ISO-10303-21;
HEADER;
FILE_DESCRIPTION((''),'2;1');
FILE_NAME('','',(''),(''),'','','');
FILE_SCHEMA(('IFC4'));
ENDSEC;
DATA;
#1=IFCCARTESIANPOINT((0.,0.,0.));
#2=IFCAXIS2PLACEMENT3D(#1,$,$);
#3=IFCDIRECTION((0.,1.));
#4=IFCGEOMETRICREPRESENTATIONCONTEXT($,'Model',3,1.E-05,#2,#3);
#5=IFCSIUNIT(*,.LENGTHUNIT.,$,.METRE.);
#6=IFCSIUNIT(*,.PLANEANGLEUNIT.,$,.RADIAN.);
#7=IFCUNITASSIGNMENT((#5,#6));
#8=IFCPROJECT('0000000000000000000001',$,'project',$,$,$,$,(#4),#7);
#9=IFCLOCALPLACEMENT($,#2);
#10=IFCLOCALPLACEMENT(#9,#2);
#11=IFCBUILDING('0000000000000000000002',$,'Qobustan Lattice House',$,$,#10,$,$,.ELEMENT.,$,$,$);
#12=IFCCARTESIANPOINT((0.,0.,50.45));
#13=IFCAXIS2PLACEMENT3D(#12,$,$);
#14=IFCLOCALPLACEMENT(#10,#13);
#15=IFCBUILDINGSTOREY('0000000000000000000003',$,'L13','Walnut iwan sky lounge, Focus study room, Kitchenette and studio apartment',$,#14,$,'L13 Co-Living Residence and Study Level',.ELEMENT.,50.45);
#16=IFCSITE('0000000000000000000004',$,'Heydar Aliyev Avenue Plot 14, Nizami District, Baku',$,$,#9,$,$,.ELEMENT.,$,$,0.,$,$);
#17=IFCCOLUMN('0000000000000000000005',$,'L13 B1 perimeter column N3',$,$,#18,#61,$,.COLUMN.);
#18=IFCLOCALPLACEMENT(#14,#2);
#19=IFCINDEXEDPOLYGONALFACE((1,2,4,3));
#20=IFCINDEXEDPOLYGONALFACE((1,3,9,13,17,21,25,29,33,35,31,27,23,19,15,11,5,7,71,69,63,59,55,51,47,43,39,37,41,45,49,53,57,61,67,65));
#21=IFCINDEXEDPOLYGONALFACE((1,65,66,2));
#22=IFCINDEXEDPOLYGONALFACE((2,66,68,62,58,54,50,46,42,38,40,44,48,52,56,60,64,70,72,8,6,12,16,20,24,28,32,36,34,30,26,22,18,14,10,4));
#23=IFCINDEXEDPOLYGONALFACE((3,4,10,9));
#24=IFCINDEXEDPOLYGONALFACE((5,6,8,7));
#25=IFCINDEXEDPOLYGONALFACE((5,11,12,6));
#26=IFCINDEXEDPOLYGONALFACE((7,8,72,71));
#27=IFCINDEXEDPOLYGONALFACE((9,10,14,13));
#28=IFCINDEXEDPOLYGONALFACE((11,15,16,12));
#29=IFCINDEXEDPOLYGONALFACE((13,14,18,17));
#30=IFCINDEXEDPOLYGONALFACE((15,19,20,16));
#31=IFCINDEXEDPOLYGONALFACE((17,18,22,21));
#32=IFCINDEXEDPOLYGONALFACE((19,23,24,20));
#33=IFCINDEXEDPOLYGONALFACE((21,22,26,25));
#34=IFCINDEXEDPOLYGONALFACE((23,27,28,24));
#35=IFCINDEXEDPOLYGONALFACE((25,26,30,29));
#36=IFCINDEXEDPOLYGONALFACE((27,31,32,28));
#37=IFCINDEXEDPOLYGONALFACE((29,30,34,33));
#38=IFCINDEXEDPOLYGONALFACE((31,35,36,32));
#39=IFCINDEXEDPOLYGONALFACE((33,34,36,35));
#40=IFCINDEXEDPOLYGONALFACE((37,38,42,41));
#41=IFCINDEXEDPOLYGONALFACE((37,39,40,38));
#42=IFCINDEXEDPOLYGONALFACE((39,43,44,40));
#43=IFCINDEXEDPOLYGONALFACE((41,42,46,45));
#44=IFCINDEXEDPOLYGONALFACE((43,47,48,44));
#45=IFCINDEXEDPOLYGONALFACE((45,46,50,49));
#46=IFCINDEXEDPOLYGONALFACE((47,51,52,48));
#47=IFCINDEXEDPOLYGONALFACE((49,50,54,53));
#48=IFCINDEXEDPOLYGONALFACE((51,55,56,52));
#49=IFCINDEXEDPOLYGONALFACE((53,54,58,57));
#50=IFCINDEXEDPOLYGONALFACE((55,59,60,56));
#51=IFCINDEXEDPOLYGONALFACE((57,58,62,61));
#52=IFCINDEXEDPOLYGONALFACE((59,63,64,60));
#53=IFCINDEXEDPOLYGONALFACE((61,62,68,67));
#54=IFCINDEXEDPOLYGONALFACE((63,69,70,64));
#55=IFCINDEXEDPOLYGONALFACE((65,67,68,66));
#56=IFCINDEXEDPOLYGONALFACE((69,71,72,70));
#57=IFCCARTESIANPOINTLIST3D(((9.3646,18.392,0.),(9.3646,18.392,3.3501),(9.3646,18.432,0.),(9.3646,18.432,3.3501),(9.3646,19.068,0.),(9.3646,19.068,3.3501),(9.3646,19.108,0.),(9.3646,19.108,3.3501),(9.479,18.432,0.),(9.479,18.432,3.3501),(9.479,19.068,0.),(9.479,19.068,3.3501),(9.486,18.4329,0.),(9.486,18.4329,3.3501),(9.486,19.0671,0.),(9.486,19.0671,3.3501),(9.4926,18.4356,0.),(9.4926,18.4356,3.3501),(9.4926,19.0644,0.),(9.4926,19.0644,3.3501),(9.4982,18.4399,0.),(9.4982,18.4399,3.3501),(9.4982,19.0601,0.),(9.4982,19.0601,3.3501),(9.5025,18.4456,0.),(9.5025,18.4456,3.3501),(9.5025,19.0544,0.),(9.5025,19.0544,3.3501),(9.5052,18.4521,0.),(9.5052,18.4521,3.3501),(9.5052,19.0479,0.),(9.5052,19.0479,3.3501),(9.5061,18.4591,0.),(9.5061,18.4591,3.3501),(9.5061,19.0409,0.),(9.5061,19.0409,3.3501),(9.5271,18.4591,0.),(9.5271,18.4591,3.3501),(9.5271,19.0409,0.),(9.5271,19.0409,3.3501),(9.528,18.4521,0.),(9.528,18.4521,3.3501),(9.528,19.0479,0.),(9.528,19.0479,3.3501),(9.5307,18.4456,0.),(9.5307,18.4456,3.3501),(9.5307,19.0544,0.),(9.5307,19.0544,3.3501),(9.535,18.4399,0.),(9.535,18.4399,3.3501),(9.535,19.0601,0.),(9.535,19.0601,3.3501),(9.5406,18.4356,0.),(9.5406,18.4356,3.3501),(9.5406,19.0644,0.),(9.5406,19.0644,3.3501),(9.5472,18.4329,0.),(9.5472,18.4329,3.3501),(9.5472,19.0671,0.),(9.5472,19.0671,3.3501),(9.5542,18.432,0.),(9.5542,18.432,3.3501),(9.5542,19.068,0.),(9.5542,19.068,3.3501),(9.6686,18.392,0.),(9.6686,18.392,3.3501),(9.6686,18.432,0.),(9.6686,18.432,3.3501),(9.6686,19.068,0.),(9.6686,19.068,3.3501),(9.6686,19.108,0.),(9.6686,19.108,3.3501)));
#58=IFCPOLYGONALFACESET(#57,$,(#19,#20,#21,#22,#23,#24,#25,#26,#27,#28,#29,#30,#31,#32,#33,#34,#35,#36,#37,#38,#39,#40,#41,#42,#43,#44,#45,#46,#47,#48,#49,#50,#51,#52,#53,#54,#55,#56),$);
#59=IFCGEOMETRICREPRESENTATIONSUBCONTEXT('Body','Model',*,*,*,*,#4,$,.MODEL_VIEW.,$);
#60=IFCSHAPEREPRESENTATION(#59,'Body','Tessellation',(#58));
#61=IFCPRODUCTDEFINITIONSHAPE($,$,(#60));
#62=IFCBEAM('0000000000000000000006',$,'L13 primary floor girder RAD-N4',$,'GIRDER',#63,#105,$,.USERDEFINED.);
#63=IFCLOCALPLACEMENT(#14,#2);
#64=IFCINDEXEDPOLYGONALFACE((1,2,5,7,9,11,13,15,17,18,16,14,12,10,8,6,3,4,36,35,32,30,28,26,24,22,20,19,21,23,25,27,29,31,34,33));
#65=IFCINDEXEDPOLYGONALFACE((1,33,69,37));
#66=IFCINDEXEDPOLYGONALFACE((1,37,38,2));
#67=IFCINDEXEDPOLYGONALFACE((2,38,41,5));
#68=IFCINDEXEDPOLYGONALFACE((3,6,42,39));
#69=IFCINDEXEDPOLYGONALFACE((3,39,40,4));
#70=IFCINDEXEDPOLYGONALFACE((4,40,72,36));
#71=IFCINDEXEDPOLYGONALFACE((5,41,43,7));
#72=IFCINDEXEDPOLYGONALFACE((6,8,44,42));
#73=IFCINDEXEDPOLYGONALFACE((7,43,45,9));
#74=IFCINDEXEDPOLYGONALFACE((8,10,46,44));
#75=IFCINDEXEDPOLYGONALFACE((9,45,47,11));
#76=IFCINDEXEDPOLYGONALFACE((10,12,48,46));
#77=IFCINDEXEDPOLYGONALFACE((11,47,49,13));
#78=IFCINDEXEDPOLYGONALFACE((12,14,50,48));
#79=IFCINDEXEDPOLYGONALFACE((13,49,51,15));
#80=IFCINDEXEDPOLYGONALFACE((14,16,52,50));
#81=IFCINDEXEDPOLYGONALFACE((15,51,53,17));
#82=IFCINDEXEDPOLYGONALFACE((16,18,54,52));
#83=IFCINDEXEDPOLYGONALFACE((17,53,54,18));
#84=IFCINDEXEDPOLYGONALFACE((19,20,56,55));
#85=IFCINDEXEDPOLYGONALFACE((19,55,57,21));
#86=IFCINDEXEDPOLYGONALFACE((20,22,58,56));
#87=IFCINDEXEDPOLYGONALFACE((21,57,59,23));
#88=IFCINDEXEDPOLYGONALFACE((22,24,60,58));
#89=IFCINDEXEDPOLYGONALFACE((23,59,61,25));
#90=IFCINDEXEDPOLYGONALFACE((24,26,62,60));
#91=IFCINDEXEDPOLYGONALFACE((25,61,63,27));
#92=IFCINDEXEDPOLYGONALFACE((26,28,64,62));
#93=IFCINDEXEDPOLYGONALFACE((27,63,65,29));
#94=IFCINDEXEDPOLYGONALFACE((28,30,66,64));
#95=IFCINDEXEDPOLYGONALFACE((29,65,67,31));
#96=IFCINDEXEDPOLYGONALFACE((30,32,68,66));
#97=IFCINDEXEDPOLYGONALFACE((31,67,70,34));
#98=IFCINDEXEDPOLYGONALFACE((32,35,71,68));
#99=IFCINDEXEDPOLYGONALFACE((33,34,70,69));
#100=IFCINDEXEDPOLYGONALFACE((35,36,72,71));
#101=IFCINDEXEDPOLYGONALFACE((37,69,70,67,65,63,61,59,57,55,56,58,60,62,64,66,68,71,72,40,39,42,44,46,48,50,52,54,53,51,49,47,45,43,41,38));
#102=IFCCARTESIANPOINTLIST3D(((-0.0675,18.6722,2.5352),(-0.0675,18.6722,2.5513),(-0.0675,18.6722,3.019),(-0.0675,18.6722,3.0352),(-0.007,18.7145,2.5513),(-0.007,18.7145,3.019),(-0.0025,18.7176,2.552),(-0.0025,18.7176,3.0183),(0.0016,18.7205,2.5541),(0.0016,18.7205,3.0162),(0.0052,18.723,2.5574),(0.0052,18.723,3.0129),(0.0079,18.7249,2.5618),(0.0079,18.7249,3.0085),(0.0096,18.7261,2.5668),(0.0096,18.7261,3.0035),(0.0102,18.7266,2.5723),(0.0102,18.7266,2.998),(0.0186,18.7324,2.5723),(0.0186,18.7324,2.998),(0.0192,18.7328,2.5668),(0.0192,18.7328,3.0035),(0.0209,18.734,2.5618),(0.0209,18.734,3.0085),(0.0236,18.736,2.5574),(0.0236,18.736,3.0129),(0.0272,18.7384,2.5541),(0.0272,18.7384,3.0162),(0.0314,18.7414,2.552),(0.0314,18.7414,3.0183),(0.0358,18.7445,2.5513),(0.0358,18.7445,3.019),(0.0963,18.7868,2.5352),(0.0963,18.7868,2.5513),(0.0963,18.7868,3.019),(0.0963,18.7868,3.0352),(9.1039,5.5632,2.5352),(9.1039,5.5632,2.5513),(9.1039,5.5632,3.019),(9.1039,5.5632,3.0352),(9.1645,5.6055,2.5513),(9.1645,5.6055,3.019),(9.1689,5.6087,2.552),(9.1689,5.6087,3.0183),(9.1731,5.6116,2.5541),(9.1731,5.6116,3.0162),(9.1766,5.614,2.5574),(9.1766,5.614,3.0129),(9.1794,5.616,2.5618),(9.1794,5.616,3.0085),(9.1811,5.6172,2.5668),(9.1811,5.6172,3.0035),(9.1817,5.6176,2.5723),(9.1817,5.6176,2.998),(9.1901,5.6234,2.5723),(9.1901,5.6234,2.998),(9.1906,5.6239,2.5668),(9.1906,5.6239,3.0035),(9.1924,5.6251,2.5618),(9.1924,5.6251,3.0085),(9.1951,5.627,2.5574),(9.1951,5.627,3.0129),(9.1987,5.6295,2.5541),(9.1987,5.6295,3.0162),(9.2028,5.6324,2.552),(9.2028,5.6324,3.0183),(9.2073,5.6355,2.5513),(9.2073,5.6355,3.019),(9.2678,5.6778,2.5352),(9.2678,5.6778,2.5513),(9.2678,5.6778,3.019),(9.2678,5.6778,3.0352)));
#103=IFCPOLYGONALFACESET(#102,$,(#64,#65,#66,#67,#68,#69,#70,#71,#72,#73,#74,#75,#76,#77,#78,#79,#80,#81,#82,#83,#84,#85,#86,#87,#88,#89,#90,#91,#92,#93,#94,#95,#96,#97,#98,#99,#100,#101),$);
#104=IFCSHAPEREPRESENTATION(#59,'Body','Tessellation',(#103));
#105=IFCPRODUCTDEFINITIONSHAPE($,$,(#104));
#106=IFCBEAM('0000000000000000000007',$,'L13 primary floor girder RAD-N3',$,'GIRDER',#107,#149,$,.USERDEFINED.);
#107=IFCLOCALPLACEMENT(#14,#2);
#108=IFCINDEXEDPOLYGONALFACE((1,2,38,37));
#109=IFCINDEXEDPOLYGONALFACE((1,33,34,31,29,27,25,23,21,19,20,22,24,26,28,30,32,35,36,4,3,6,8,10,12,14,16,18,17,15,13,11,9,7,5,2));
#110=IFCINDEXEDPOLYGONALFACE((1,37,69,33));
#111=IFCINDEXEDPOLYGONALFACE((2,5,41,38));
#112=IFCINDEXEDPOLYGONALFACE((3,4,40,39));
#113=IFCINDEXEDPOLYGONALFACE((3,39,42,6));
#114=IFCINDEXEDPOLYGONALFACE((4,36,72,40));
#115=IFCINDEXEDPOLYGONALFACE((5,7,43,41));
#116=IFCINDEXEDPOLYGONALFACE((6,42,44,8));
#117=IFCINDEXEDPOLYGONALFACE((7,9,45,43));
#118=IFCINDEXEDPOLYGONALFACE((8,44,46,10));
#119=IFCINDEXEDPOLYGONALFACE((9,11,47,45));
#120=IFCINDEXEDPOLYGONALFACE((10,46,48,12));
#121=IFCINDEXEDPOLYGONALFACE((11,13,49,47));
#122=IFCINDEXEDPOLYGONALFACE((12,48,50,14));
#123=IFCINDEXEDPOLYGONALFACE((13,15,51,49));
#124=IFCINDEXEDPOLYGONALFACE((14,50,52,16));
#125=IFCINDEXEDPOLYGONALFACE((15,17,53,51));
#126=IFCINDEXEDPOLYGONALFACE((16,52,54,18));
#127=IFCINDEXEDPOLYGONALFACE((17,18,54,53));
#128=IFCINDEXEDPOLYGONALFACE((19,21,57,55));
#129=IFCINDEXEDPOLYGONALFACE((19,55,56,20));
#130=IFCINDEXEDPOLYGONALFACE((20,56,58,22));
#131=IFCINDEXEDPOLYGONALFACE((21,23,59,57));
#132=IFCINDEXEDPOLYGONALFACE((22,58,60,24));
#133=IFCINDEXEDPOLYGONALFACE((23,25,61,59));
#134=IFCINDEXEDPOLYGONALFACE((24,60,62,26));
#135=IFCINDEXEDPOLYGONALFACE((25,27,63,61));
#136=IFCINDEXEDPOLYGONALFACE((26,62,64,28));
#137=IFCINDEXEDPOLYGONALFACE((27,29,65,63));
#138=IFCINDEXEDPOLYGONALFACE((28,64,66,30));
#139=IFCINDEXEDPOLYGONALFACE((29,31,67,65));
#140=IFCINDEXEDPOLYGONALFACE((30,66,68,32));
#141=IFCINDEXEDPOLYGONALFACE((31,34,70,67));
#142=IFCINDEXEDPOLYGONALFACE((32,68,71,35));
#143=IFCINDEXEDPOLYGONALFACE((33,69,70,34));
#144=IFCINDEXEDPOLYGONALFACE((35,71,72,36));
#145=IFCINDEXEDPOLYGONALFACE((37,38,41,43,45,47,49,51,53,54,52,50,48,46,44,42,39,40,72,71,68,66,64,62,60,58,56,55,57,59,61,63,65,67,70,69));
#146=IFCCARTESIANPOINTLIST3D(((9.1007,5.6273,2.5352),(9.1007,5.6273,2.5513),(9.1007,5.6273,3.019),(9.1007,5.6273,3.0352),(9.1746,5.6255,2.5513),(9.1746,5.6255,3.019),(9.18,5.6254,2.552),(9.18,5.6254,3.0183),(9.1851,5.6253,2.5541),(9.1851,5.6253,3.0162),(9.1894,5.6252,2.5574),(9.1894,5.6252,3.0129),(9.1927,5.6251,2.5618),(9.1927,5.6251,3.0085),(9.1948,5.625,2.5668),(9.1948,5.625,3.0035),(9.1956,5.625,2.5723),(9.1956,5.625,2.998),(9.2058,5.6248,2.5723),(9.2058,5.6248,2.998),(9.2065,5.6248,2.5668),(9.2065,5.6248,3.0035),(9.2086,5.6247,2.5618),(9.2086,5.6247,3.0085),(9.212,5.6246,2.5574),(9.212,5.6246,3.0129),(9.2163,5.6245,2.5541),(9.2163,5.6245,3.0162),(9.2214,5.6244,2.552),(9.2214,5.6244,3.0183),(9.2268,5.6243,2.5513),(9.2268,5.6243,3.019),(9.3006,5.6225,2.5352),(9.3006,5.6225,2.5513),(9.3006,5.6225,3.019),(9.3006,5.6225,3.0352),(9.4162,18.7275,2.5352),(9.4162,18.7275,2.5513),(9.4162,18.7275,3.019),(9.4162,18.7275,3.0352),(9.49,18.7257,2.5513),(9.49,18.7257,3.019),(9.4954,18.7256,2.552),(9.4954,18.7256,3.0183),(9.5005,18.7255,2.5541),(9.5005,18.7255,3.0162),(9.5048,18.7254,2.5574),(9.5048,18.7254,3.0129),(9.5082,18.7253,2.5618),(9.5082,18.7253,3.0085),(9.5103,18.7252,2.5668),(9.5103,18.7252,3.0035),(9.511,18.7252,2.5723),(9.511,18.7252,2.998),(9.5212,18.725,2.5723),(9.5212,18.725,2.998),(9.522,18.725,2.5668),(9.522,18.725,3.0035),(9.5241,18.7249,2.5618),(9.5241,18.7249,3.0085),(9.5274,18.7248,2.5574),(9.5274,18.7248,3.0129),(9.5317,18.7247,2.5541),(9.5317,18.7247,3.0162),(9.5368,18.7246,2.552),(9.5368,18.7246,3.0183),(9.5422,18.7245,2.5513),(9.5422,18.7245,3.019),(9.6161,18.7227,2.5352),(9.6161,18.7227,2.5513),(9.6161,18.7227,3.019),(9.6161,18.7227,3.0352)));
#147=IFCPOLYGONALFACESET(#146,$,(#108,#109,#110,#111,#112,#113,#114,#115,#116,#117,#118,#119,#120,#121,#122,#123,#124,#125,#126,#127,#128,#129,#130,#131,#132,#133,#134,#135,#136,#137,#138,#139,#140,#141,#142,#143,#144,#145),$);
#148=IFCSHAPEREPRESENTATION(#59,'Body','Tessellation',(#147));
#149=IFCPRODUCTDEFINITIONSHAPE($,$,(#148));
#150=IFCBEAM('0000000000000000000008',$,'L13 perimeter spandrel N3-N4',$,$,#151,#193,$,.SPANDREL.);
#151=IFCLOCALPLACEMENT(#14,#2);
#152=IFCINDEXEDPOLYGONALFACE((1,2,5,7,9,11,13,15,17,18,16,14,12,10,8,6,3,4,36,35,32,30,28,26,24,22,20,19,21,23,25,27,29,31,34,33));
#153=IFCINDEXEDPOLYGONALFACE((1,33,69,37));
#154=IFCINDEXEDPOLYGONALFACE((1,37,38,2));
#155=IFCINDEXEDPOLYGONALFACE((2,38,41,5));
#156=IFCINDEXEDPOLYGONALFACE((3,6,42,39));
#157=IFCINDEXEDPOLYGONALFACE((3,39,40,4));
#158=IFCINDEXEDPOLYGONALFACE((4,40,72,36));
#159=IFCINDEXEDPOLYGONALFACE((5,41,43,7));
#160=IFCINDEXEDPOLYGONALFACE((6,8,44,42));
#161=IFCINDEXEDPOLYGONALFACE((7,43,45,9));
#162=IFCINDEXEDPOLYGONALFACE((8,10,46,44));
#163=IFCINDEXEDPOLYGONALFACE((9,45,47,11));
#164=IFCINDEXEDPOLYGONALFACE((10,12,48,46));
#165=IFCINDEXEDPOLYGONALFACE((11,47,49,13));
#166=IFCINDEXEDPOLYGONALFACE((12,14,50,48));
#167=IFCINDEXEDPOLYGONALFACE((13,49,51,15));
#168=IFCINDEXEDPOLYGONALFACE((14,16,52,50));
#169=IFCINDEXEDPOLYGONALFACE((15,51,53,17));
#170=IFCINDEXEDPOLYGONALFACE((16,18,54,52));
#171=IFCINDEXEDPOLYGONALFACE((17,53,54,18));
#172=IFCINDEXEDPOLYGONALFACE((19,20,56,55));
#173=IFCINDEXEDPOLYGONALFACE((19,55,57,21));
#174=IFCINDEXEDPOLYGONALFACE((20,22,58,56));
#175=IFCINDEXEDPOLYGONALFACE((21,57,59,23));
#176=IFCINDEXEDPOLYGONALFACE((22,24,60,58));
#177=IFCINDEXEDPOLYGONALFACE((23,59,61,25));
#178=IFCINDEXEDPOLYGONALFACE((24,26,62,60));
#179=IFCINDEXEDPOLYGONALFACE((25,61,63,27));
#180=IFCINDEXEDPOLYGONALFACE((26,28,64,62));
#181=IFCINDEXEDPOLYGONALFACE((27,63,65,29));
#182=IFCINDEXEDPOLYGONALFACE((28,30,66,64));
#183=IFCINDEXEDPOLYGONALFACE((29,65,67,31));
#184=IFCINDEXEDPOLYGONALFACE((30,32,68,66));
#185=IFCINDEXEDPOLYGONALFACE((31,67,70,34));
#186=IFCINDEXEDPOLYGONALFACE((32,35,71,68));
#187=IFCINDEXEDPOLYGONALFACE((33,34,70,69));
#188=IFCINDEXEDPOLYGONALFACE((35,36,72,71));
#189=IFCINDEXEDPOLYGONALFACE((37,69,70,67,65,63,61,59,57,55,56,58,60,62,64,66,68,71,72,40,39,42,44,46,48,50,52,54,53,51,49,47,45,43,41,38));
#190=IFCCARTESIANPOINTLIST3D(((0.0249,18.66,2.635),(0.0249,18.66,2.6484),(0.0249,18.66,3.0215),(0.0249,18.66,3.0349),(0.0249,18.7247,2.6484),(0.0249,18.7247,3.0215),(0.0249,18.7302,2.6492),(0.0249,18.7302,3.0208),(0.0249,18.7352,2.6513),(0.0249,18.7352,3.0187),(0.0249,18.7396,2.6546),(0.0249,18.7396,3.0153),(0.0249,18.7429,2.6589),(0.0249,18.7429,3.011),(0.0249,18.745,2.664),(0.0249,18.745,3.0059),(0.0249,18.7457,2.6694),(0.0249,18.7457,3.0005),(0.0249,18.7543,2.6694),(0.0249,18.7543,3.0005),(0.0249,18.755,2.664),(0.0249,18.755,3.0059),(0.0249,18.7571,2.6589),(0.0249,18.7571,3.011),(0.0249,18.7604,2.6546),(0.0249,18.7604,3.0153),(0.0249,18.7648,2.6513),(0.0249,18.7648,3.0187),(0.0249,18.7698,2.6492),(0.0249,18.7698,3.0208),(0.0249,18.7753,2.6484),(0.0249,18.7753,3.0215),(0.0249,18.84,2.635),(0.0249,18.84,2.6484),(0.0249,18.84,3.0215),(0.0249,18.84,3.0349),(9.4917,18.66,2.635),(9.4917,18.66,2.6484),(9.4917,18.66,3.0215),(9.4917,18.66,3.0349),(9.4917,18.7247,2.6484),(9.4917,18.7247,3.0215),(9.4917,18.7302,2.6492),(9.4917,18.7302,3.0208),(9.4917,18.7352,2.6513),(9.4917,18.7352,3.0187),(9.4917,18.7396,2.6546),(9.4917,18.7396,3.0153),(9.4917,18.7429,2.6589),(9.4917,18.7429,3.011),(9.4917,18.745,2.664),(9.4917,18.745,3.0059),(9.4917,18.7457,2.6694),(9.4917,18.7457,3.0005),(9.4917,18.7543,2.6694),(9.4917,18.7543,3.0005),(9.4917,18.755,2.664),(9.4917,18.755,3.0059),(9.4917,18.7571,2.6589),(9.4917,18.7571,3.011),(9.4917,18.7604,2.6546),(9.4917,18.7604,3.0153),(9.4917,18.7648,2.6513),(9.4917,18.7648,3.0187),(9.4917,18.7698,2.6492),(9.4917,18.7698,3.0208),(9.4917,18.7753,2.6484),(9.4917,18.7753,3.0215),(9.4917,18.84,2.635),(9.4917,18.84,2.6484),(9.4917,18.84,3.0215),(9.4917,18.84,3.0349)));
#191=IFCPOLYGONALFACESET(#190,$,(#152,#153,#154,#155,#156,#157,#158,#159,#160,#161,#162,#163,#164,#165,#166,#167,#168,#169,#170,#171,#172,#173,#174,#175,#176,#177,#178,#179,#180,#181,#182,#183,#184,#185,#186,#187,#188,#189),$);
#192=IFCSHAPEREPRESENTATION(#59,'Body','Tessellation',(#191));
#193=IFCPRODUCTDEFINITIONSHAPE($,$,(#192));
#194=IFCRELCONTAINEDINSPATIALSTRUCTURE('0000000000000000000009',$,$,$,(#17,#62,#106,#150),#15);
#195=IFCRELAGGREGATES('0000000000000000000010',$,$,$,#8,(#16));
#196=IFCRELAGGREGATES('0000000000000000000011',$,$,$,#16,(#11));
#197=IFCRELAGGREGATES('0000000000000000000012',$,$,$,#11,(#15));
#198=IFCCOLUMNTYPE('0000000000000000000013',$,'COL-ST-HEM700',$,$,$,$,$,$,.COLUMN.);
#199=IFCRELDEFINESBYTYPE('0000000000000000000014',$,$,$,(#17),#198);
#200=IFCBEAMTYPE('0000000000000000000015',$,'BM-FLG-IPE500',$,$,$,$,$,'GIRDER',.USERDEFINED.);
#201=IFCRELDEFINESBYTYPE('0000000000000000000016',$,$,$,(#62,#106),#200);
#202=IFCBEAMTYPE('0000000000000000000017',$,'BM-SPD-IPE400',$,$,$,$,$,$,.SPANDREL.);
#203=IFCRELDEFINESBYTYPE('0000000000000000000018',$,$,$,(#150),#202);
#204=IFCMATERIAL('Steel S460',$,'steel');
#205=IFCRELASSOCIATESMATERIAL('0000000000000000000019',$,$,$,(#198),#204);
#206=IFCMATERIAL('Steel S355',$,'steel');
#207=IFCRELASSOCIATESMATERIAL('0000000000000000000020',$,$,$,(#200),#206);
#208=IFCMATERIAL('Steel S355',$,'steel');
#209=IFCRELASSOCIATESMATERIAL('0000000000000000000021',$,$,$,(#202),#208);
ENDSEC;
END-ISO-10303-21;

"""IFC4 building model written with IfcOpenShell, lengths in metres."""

from ifc_helpers import new_model, si_unit, direction, frame, origin, origin_2d, place, context, subcontext, project, spatial, i_section, extrude, material, material_profile, profile_set, type_object, element, save


model = new_model("IFC4")

# Units and contexts
model_context = context("Model", 3, precision=1e-05, world=origin(), true_north=direction((0.0, 1.0)))
body_context = subcontext(model_context, "Body", "Model", "MODEL_VIEW")
ifc_project = project(units=[si_unit("LENGTHUNIT", "METRE"), si_unit("PLANEANGLEUNIT", "RADIAN")], contexts=[model_context])

# Site, building, storey
site_placement = place(None, origin())
site = spatial("IfcSite", under=ifc_project, at=site_placement, Name="Heydar Aliyev Avenue Plot 14, Nizami District, Baku", CompositionType="ELEMENT", RefElevation=0.0)
building_placement = place(site_placement, origin())
building = spatial("IfcBuilding", under=site, at=building_placement, Name="Qobustan Lattice House", CompositionType="ELEMENT")
storey_placement = place(building_placement, frame((0.0, 0.0, 50.45)))
storey = spatial("IfcBuildingStorey", under=building, at=storey_placement, Name="L13", Description="Walnut iwan sky lounge, Focus study room, Kitchenette and studio apartment", LongName="L13 Co-Living Residence and Study Level", CompositionType="ELEMENT", Elevation=50.45)

# Column
ifc_material_1 = material(Name="Steel S460", Category="steel")
ifc_material_profile_1 = material_profile(ifc_material_1, i_section(OverallWidth=0.304, OverallDepth=0.7161, WebThickness=0.021, FlangeThickness=0.04, FilletRadius=0.0271, at=origin_2d()), Name="HEM700")
ifc_profile_set_1 = profile_set([ifc_material_profile_1], Name="Steel S460")
column_type = type_object("IfcColumnType", Name="COL-ST-HEM700", PredefinedType="COLUMN", material=ifc_profile_set_1)
column_placement = place(storey_placement, frame((9.5166, 18.75, 0.0), z_axis=(0.0, 0.0, 1.0), x_axis=(1.0, 0.0, 0.0)))
element("IfcColumn", 1, at=column_placement, inside=storey, type_object=column_type, Name="L13 B1 perimeter column N3", PredefinedType="COLUMN", context=body_context, shape_type="SweptSolid", body=[
    extrude(i_section(OverallWidth=0.304, OverallDepth=0.7161, WebThickness=0.021, FlangeThickness=0.04, FilletRadius=0.0271, at=origin_2d()), origin(), (0.0, 0.0, 1.0), 3.3501),
])

# Beams
ifc_material_2 = material(Name="Steel S355", Category="steel")
ifc_material_profile_2 = material_profile(ifc_material_2, i_section(OverallWidth=0.2, OverallDepth=0.5, WebThickness=0.0103, FlangeThickness=0.0161, FilletRadius=0.021, at=origin_2d()), Name="IPE500")
ifc_profile_set_2 = profile_set([ifc_material_profile_2], Name="Steel S355")
beam_type_1 = type_object("IfcBeamType", Name="BM-FLG-IPE500", ElementType="GIRDER", PredefinedType="USERDEFINED", material=ifc_profile_set_2)
beam_1_placement = place(storey_placement, frame((0.0144, 18.7295, 2.7852), z_axis=(0.57326, -0.819374, 0.0), x_axis=(0.819374, 0.57326, 0.0)))
element("IfcBeam", 2, at=beam_1_placement, inside=storey, type_object=beam_type_1, Name="L13 primary floor girder RAD-N4", ObjectType="GIRDER", PredefinedType="USERDEFINED", context=body_context, shape_type="SweptSolid", body=[
    extrude(i_section(OverallWidth=0.2, OverallDepth=0.5, WebThickness=0.0103, FlangeThickness=0.0161, FilletRadius=0.021, at=origin_2d()), origin(), (0.0, 0.0, 1.0), 15.9988),
])
beam_2_placement = place(storey_placement, frame((9.5161, 18.7251, 2.7852), z_axis=(-0.024071, -0.99971, 0.0), x_axis=(0.99971, -0.024071, 0.0)))
element("IfcBeam", 3, at=beam_2_placement, inside=storey, type_object=beam_type_1, Name="L13 primary floor girder RAD-N3", ObjectType="GIRDER", PredefinedType="USERDEFINED", context=body_context, shape_type="SweptSolid", body=[
    extrude(i_section(OverallWidth=0.2, OverallDepth=0.5, WebThickness=0.0103, FlangeThickness=0.0161, FilletRadius=0.021, at=origin_2d()), origin(), (0.0, 0.0, 1.0), 13.104),
])
ifc_material_3 = material(Name="Steel S355", Category="steel")
ifc_material_profile_3 = material_profile(ifc_material_3, i_section(OverallWidth=0.1799, OverallDepth=0.3999, WebThickness=0.0085, FlangeThickness=0.0134, FilletRadius=0.021, at=origin_2d()), Name="IPE400")
ifc_profile_set_3 = profile_set([ifc_material_profile_3], Name="Steel S355")
beam_type_2 = type_object("IfcBeamType", Name="BM-SPD-IPE400", PredefinedType="SPANDREL", material=ifc_profile_set_3)
beam_3_placement = place(storey_placement, frame((9.4917, 18.75, 2.835), z_axis=(-1.0, 0.0, 0.0), x_axis=(0.0, -1.0, 0.0)))
element("IfcBeam", 4, at=beam_3_placement, inside=storey, type_object=beam_type_2, Name="L13 perimeter spandrel N3-N4", PredefinedType="SPANDREL", context=body_context, shape_type="SweptSolid", body=[
    extrude(i_section(OverallWidth=0.1799, OverallDepth=0.3999, WebThickness=0.0085, FlangeThickness=0.0134, FilletRadius=0.021, at=origin_2d()), origin(), (0.0, 0.0, 1.0), 9.4668),
])

save(model, "model.ifc")
